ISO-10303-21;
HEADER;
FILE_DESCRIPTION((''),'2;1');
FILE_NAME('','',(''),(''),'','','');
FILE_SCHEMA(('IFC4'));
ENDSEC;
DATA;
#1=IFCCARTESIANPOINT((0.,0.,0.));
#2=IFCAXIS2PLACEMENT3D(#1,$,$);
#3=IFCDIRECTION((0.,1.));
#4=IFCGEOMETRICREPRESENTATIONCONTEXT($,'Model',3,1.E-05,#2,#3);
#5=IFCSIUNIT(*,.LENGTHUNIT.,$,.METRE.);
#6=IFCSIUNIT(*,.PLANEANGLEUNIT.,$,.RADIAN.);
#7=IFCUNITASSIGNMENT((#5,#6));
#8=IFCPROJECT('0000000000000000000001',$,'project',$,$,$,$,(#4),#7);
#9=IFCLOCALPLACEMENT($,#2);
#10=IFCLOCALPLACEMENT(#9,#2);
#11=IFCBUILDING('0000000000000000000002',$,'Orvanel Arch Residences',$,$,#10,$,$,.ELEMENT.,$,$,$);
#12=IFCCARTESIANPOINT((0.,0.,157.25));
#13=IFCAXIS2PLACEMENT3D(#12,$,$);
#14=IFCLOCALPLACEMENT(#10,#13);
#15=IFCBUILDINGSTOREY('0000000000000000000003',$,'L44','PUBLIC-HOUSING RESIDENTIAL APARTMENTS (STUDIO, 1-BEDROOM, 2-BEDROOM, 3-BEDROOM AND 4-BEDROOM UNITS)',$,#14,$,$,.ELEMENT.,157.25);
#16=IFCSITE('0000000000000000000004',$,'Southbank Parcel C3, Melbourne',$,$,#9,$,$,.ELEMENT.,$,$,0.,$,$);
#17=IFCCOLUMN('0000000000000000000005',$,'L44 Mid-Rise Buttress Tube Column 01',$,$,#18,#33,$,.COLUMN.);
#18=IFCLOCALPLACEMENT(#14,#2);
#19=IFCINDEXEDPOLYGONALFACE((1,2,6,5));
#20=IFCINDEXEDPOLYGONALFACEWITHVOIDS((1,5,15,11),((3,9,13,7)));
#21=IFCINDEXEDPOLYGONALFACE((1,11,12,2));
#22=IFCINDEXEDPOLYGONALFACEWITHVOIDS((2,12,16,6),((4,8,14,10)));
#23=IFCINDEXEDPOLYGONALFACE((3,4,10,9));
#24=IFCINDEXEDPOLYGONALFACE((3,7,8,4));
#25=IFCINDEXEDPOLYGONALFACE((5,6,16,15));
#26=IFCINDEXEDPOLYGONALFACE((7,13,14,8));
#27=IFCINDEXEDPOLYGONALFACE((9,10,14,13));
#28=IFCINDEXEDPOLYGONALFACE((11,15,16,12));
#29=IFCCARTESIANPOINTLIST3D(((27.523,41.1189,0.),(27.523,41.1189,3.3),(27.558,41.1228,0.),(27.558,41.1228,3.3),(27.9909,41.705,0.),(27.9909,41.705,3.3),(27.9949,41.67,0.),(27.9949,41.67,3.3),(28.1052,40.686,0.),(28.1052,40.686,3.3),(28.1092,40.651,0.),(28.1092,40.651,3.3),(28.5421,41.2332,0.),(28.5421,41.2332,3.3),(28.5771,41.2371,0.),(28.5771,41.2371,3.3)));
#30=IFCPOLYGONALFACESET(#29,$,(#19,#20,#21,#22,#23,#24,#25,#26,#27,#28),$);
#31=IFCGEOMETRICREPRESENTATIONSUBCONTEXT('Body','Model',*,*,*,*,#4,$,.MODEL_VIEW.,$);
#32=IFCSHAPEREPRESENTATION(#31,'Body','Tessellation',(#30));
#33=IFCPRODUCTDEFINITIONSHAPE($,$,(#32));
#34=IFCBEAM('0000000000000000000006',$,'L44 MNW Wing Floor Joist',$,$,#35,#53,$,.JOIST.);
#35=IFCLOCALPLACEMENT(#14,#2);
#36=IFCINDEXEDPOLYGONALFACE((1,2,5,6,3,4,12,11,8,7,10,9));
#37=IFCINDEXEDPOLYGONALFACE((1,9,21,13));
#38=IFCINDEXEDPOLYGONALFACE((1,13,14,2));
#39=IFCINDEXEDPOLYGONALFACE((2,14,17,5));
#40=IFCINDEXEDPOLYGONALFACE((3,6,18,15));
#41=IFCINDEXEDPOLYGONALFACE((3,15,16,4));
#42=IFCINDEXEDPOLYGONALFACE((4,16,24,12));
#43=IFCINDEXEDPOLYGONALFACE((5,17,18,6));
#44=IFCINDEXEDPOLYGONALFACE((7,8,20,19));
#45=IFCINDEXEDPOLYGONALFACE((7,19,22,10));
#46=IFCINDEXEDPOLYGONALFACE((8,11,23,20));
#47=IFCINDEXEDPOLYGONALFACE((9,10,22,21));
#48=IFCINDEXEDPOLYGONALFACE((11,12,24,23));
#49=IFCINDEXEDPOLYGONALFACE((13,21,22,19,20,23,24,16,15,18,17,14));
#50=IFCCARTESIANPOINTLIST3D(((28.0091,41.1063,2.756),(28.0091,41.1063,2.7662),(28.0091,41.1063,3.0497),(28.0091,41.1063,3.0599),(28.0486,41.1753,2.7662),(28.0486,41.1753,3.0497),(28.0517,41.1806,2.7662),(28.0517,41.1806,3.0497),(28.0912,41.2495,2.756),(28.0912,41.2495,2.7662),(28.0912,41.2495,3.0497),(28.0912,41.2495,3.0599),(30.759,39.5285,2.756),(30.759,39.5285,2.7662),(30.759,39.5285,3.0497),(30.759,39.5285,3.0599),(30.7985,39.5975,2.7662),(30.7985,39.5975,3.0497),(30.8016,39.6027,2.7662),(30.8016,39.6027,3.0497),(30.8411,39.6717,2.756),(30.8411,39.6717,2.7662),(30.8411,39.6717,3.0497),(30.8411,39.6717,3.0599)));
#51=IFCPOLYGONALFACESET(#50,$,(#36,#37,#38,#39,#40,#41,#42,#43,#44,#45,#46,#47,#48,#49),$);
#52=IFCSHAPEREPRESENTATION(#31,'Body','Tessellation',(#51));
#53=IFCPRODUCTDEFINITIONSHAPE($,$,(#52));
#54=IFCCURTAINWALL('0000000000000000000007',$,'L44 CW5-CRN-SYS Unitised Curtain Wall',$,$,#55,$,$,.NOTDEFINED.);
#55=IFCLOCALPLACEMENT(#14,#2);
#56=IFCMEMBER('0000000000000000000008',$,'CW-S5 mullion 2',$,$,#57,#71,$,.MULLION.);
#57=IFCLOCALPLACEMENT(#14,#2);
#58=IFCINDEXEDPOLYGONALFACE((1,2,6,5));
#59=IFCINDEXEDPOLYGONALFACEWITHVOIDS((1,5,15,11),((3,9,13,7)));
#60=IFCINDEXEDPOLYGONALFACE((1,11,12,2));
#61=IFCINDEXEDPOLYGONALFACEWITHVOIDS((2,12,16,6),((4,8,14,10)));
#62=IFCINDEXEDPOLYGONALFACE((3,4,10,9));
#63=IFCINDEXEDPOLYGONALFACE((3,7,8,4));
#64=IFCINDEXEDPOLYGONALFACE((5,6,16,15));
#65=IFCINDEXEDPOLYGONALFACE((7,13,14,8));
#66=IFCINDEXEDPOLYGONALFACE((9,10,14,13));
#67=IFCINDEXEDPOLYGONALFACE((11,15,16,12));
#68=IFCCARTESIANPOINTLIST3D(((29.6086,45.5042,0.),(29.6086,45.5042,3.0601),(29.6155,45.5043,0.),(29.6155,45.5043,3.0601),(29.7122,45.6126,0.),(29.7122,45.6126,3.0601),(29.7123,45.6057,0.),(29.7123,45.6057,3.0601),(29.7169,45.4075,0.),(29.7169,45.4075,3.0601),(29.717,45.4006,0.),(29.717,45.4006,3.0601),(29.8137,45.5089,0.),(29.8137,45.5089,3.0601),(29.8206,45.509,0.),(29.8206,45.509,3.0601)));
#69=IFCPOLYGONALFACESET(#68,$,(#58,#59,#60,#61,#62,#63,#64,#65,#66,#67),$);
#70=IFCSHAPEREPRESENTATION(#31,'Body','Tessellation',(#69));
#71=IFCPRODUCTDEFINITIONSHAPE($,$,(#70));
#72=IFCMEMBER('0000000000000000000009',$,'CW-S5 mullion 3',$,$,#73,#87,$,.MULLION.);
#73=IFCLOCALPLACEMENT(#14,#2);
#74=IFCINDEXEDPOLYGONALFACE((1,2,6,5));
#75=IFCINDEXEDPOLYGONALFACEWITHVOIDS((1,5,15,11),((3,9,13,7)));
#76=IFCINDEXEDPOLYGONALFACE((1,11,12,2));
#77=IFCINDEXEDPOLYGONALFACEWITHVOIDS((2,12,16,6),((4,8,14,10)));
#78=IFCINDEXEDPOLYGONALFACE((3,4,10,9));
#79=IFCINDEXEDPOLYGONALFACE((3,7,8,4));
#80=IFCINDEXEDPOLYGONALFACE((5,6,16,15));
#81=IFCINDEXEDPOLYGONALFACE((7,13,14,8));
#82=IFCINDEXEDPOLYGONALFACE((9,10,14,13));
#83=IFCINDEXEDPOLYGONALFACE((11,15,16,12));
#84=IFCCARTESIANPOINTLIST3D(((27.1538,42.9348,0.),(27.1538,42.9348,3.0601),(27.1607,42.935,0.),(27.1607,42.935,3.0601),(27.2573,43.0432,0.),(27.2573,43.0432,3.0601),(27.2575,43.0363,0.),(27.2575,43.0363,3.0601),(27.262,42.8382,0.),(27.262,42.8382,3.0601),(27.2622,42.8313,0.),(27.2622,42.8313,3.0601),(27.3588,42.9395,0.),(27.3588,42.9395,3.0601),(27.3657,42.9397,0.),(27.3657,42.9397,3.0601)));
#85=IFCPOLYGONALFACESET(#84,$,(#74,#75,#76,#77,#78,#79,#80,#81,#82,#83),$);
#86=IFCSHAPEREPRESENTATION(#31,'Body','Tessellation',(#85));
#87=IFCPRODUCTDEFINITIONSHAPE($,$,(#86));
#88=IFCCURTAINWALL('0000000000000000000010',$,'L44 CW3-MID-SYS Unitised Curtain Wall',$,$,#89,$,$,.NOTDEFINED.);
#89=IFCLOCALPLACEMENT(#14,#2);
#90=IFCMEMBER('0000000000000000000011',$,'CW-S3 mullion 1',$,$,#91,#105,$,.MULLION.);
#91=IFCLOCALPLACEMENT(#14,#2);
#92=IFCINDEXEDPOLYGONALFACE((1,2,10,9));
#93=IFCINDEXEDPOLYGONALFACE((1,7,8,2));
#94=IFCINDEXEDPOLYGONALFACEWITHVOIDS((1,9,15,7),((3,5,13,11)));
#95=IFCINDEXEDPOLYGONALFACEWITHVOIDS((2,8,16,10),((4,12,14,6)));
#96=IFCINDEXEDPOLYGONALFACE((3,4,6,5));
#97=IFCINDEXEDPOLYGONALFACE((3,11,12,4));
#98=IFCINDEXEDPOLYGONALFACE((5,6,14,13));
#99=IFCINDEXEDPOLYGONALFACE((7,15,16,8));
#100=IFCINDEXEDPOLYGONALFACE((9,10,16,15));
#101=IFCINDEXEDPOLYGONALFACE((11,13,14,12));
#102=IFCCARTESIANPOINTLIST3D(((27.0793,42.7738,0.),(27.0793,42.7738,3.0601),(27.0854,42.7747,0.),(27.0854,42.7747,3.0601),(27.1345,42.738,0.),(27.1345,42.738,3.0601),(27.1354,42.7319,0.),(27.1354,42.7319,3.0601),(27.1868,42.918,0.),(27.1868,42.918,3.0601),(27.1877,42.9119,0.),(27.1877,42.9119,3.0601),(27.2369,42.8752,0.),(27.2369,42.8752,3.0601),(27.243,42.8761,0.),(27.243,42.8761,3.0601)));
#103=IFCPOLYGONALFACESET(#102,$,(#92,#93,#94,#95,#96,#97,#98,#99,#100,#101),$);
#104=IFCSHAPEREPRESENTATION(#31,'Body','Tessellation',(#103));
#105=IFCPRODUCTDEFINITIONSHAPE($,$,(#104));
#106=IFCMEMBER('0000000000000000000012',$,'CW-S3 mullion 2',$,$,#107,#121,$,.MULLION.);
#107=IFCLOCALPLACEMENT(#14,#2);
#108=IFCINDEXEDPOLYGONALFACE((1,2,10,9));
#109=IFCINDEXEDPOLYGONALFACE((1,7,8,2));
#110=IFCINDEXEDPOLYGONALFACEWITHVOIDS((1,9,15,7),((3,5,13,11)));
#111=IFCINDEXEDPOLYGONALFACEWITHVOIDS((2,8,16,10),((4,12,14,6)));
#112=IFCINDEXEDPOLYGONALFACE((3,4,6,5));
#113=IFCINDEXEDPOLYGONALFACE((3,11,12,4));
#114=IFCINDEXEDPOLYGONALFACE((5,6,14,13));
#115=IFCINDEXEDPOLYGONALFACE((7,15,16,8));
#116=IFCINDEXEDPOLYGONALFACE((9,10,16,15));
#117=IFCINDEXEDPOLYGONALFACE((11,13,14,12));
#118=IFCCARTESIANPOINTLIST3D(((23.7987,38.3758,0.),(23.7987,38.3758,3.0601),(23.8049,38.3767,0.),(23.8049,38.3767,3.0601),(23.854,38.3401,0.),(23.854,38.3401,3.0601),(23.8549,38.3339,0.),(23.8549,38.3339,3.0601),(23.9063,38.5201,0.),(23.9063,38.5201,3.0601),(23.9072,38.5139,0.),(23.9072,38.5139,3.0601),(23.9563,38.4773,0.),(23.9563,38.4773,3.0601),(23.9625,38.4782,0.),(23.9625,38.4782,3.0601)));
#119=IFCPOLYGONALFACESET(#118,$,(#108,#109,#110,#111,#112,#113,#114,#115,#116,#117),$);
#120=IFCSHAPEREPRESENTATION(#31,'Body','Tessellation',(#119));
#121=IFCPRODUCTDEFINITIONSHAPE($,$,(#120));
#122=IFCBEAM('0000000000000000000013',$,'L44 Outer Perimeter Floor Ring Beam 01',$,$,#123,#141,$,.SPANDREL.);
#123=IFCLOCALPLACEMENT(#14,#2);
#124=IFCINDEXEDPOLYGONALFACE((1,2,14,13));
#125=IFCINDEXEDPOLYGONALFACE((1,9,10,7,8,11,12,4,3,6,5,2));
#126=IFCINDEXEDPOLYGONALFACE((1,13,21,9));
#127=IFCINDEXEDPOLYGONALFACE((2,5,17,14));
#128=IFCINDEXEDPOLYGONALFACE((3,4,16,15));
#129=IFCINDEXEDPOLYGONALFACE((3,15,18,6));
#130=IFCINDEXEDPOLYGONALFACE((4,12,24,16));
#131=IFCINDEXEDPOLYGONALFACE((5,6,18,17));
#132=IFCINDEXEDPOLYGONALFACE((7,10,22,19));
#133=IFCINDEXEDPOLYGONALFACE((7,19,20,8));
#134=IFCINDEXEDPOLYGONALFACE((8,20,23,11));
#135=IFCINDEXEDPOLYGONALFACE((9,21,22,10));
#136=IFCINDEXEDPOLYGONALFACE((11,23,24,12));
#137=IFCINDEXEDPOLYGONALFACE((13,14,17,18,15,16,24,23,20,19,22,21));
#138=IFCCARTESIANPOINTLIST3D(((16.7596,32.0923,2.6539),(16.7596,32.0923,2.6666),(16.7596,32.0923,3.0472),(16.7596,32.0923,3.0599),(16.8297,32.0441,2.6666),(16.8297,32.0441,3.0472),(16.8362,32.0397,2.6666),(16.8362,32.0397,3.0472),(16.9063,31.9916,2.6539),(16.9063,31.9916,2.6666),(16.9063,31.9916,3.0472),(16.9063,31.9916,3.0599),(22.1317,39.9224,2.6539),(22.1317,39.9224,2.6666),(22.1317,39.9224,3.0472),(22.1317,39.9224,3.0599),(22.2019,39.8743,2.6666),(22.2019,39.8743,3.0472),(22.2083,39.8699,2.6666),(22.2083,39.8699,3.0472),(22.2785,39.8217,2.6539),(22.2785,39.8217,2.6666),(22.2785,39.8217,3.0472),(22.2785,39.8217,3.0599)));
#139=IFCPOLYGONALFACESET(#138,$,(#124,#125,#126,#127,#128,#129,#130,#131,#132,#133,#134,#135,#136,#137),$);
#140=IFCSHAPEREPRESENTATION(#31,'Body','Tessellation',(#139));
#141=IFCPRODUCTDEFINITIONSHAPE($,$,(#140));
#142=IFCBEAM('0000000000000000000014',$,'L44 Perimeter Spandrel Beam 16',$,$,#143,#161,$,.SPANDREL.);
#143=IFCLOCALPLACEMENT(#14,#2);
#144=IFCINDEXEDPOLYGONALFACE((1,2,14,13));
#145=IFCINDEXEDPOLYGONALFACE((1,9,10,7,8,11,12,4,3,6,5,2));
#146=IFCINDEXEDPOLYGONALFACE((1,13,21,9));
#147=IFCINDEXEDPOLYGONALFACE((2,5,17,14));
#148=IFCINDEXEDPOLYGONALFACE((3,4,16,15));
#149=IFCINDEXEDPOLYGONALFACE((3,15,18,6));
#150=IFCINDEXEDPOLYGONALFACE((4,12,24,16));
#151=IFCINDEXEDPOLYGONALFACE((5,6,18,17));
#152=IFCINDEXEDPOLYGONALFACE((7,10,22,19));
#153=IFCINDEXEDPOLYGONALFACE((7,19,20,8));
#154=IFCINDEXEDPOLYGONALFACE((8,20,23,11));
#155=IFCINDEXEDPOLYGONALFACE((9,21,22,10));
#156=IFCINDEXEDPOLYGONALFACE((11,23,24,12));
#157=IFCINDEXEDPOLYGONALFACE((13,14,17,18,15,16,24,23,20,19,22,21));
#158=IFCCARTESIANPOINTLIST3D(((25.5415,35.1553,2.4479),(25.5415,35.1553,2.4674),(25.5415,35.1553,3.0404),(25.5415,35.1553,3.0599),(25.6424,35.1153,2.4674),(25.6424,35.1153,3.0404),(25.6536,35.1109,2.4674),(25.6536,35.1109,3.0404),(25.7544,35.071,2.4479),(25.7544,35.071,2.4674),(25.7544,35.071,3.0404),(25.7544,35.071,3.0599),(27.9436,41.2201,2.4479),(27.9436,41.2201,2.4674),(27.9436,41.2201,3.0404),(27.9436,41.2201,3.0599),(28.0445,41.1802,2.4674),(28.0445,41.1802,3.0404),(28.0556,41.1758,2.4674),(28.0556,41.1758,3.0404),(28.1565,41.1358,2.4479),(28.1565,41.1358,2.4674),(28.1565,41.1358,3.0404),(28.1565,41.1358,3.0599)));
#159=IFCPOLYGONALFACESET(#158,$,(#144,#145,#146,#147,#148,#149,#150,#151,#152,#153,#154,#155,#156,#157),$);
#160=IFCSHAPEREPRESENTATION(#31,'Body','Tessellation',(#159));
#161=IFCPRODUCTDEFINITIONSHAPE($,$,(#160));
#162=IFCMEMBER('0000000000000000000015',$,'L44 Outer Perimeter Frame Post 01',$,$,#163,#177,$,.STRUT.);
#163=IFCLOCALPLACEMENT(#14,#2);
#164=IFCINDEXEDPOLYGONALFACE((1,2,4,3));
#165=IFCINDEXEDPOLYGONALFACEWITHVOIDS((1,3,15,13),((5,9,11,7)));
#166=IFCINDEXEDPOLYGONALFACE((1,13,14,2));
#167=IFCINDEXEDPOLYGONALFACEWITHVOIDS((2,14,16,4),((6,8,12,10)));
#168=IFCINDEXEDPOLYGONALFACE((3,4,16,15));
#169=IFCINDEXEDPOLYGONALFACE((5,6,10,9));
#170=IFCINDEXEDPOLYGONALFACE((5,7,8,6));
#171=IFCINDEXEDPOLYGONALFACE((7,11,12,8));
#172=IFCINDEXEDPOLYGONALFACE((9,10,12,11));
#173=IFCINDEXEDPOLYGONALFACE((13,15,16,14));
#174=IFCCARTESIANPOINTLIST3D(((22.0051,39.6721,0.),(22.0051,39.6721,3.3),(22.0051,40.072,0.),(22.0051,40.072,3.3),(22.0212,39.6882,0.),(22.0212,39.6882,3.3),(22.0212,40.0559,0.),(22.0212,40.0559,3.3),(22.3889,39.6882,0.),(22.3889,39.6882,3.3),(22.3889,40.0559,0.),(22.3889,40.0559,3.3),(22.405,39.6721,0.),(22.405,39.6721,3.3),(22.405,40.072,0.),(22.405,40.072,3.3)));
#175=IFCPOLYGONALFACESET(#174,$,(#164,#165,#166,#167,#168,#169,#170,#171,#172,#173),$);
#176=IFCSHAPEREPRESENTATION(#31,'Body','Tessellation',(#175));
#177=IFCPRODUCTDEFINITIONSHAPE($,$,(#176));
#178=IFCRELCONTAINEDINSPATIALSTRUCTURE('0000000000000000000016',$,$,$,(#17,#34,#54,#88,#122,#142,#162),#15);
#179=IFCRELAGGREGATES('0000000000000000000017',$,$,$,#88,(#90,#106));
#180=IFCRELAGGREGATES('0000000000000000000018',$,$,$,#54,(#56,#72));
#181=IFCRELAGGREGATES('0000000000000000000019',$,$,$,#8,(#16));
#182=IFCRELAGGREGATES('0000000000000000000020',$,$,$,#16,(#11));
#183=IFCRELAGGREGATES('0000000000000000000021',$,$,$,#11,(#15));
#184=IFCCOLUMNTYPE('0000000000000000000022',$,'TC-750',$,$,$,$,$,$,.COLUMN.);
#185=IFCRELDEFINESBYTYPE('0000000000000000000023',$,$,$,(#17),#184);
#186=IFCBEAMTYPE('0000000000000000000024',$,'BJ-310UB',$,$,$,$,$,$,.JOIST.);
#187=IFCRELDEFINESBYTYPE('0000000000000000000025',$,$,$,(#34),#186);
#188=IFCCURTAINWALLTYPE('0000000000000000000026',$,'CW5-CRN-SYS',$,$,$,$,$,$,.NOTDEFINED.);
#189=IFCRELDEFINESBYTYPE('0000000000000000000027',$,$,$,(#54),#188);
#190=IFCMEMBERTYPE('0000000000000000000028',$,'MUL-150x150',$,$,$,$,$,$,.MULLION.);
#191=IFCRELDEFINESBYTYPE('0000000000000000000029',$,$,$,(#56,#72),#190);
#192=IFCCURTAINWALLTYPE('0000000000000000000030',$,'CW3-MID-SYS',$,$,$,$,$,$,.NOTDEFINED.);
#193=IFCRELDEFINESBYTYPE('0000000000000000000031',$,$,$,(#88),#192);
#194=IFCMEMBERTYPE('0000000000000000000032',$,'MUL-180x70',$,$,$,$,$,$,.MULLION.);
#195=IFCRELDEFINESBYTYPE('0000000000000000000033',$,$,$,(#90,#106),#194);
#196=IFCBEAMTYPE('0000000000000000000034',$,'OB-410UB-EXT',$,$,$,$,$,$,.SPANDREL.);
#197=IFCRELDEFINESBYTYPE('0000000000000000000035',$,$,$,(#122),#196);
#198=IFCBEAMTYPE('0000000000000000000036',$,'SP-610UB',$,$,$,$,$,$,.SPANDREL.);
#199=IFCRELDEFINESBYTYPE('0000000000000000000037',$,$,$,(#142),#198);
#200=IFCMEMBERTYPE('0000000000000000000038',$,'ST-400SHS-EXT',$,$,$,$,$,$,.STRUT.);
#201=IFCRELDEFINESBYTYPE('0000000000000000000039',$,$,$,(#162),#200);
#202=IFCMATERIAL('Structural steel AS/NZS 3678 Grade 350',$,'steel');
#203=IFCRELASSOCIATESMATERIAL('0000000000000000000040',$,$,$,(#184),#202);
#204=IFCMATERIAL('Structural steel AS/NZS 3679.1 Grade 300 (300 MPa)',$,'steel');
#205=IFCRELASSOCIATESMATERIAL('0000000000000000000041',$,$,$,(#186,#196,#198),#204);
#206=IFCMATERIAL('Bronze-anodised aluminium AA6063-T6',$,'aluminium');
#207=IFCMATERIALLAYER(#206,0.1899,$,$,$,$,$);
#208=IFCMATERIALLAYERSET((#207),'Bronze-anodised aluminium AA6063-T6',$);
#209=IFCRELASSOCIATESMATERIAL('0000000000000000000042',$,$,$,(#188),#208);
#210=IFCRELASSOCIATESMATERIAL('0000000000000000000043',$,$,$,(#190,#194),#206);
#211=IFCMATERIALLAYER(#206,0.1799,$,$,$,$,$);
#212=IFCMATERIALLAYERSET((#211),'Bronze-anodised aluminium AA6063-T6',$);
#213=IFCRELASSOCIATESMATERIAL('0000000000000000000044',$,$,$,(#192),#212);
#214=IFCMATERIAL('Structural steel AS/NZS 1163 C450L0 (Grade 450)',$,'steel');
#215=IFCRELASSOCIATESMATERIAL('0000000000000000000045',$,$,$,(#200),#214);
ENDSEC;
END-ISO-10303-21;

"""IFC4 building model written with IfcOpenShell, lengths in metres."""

from ifc_helpers import new_model, si_unit, direction, frame, origin, origin_2d, place, context, subcontext, project, spatial, hollow_rectangle, i_section, extrude, material, layer, layer_set, material_profile, profile_set, type_object, element, aggregate, save


model = new_model("IFC4")

# Units and contexts
model_context = context("Model", 3, precision=1e-05, world=origin(), true_north=direction((0.0, 1.0)))
body_context = subcontext(model_context, "Body", "Model", "MODEL_VIEW")
ifc_project = project(units=[si_unit("LENGTHUNIT", "METRE"), si_unit("PLANEANGLEUNIT", "RADIAN")], contexts=[model_context])

# Site, building, storey
site_placement = place(None, origin())
site = spatial("IfcSite", under=ifc_project, at=site_placement, Name="Southbank Parcel C3, Melbourne", CompositionType="ELEMENT", RefElevation=0.0)
building_placement = place(site_placement, origin())
building = spatial("IfcBuilding", under=site, at=building_placement, Name="Orvanel Arch Residences", CompositionType="ELEMENT")
storey_placement = place(building_placement, frame((0.0, 0.0, 157.25)))
storey = spatial("IfcBuildingStorey", under=building, at=storey_placement, Name="L44", Description="PUBLIC-HOUSING RESIDENTIAL APARTMENTS (STUDIO, 1-BEDROOM, 2-BEDROOM, 3-BEDROOM AND 4-BEDROOM UNITS)", CompositionType="ELEMENT", Elevation=157.25)

# Column
ifc_material_1 = material(Name="Structural steel AS/NZS 3678 Grade 350", Category="steel")
ifc_material_profile_1 = material_profile(ifc_material_1, hollow_rectangle(XDim=0.75, YDim=0.75, WallThickness=0.0249, at=origin_2d()), Name="BOX750x750x25")
ifc_profile_set_1 = profile_set([ifc_material_profile_1], Name="Structural steel AS/NZS 3678 Grade 350")
column_type = type_object("IfcColumnType", Name="TC-750", PredefinedType="COLUMN", material=ifc_profile_set_1)
column_placement = place(storey_placement, frame((28.05, 41.178, 0.0), z_axis=(0.0, 0.0, 1.0), x_axis=(0.62388, 0.78152, 0.0)))
element("IfcColumn", 1, at=column_placement, inside=storey, type_object=column_type, Name="L44 Mid-Rise Buttress Tube Column 01", PredefinedType="COLUMN", context=body_context, shape_type="SweptSolid", body=[
    extrude(hollow_rectangle(XDim=0.75, YDim=0.75, WallThickness=0.0249, at=origin_2d()), origin(), (0.0, 0.0, 1.0), 3.3),
])

# Beam
ifc_material_2 = material(Name="Structural steel AS/NZS 3679.1 Grade 300 (300 MPa)", Category="steel")
ifc_material_profile_2 = material_profile(ifc_material_2, i_section(OverallWidth=0.165, OverallDepth=0.304, WebThickness=0.0061, FlangeThickness=0.0103, at=origin_2d()), Name="310UB40.4")
ifc_profile_set_2 = profile_set([ifc_material_profile_2], Name="Structural steel AS/NZS 3679.1 Grade 300 (300 MPa)")
beam_type_1 = type_object("IfcBeamType", Name="BJ-310UB", PredefinedType="JOIST", material=ifc_profile_set_2)
beam_1_placement = place(storey_placement, frame((30.8, 39.6001, 2.908), z_axis=(-0.867365, 0.497672, 0.0), x_axis=(-0.497672, -0.867365, 0.0)))
element("IfcBeam", 2, at=beam_1_placement, inside=storey, type_object=beam_type_1, Name="L44 MNW Wing Floor Joist", PredefinedType="JOIST", context=body_context, shape_type="SweptSolid", body=[
    extrude(i_section(OverallWidth=0.165, OverallDepth=0.304, WebThickness=0.0061, FlangeThickness=0.0103, at=origin_2d()), origin(), (0.0, 0.0, 1.0), 3.1704),
])

# Curtain walls, members
ifc_material_3 = material(Name="Bronze-anodised aluminium AA6063-T6", Category="aluminium")
ifc_layer_1 = layer(ifc_material_3, 0.1899)
ifc_layer_set_1 = layer_set([ifc_layer_1], Name="Bronze-anodised aluminium AA6063-T6")
curtain_wall_type_1 = type_object("IfcCurtainWallType", Name="CW5-CRN-SYS", PredefinedType="NOTDEFINED", material=ifc_layer_set_1)
curtain_wall_1_placement = place(storey_placement, origin())
curtain_wall_1 = element("IfcCurtainWall", 3, at=curtain_wall_1_placement, inside=storey, type_object=curtain_wall_type_1, Name="L44 CW5-CRN-SYS Unitised Curtain Wall", PredefinedType="NOTDEFINED")
ifc_material_profile_3 = material_profile(ifc_material_3, hollow_rectangle(XDim=0.1499, YDim=0.1499, WallThickness=0.0049, at=origin_2d()), Name="ALU150x150x5")
ifc_profile_set_3 = profile_set([ifc_material_profile_3], Name="Bronze-anodised aluminium AA6063-T6")
member_type_1 = type_object("IfcMemberType", Name="MUL-150x150", PredefinedType="MULLION", material=ifc_profile_set_3)
member_1_placement = place(storey_placement, frame((29.7146, 45.5066, 0.0), z_axis=(0.0, 0.0, 1.0), x_axis=(0.723046, -0.6908, 0.0)))
member_1 = element("IfcMember", 4, at=member_1_placement, type_object=member_type_1, Name="CW-S5 mullion 2", PredefinedType="MULLION", context=body_context, shape_type="SweptSolid", body=[
    extrude(hollow_rectangle(XDim=0.1499, YDim=0.1499, WallThickness=0.0049, at=origin_2d()), origin(), (0.0, 0.0, 1.0), 3.0601),
])
member_2_placement = place(storey_placement, frame((27.2598, 42.9373, 0.0), z_axis=(0.0, 0.0, 1.0), x_axis=(0.723046, -0.6908, 0.0)))
member_2 = element("IfcMember", 5, at=member_2_placement, type_object=member_type_1, Name="CW-S5 mullion 3", PredefinedType="MULLION", context=body_context, shape_type="SweptSolid", body=[
    extrude(hollow_rectangle(XDim=0.1499, YDim=0.1499, WallThickness=0.0049, at=origin_2d()), origin(), (0.0, 0.0, 1.0), 3.0601),
])
ifc_layer_2 = layer(ifc_material_3, 0.1799)
ifc_layer_set_2 = layer_set([ifc_layer_2], Name="Bronze-anodised aluminium AA6063-T6")
curtain_wall_type_2 = type_object("IfcCurtainWallType", Name="CW3-MID-SYS", PredefinedType="NOTDEFINED", material=ifc_layer_set_2)
curtain_wall_2_placement = place(storey_placement, origin())
curtain_wall_2 = element("IfcCurtainWall", 6, at=curtain_wall_2_placement, inside=storey, type_object=curtain_wall_type_2, Name="L44 CW3-MID-SYS Unitised Curtain Wall", PredefinedType="NOTDEFINED")
ifc_material_profile_4 = material_profile(ifc_material_3, hollow_rectangle(XDim=0.0701, YDim=0.1799, WallThickness=0.0044, at=origin_2d()), Name="ALU180x70x4.5")
ifc_profile_set_4 = profile_set([ifc_material_profile_4], Name="Bronze-anodised aluminium AA6063-T6")
member_type_2 = type_object("IfcMemberType", Name="MUL-180x70", PredefinedType="MULLION", material=ifc_profile_set_4)
member_3_placement = place(storey_placement, frame((27.1611, 42.825, 0.0), z_axis=(0.0, 0.0, 1.0), x_axis=(0.801562, -0.597912, 0.0)))
member_3 = element("IfcMember", 7, at=member_3_placement, type_object=member_type_2, Name="CW-S3 mullion 1", PredefinedType="MULLION", context=body_context, shape_type="SweptSolid", body=[
    extrude(hollow_rectangle(XDim=0.0701, YDim=0.1799, WallThickness=0.0044, at=origin_2d()), origin(), (0.0, 0.0, 1.0), 3.0601),
])
member_4_placement = place(storey_placement, frame((23.8806, 38.427, 0.0), z_axis=(0.0, 0.0, 1.0), x_axis=(0.801562, -0.597912, 0.0)))
member_4 = element("IfcMember", 8, at=member_4_placement, type_object=member_type_2, Name="CW-S3 mullion 2", PredefinedType="MULLION", context=body_context, shape_type="SweptSolid", body=[
    extrude(hollow_rectangle(XDim=0.0701, YDim=0.1799, WallThickness=0.0044, at=origin_2d()), origin(), (0.0, 0.0, 1.0), 3.0601),
])

# Beams
ifc_material_profile_5 = material_profile(ifc_material_2, i_section(OverallWidth=0.178, OverallDepth=0.406, WebThickness=0.0078, FlangeThickness=0.0127, at=origin_2d()), Name="410UB59.7")
ifc_profile_set_5 = profile_set([ifc_material_profile_5], Name="Structural steel AS/NZS 3679.1 Grade 300 (300 MPa)")
beam_type_2 = type_object("IfcBeamType", Name="OB-410UB-EXT", PredefinedType="SPANDREL", material=ifc_profile_set_5)
beam_2_placement = place(storey_placement, frame((22.2051, 39.8721, 2.8569), z_axis=(-0.565734, -0.824588, 0.0), x_axis=(0.824588, -0.565734, 0.0)))
element("IfcBeam", 9, at=beam_2_placement, inside=storey, type_object=beam_type_2, Name="L44 Outer Perimeter Floor Ring Beam 01", PredefinedType="SPANDREL", context=body_context, shape_type="SweptSolid", body=[
    extrude(i_section(OverallWidth=0.178, OverallDepth=0.406, WebThickness=0.0078, FlangeThickness=0.0127, at=origin_2d()), origin(), (0.0, 0.0, 1.0), 9.4958),
])
ifc_material_profile_6 = material_profile(ifc_material_2, i_section(OverallWidth=0.229, OverallDepth=0.6121, WebThickness=0.012, FlangeThickness=0.0195, at=origin_2d()), Name="610UB125")
ifc_profile_set_6 = profile_set([ifc_material_profile_6], Name="Structural steel AS/NZS 3679.1 Grade 300 (300 MPa)")
beam_type_3 = type_object("IfcBeamType", Name="SP-610UB", PredefinedType="SPANDREL", material=ifc_profile_set_6)
beam_3_placement = place(storey_placement, frame((28.05, 41.178, 2.7539), z_axis=(-0.368233, -0.929733, 0.0), x_axis=(0.929733, -0.368233, 0.0)))
element("IfcBeam", 10, at=beam_3_placement, inside=storey, type_object=beam_type_3, Name="L44 Perimeter Spandrel Beam 16", PredefinedType="SPANDREL", context=body_context, shape_type="SweptSolid", body=[
    extrude(i_section(OverallWidth=0.229, OverallDepth=0.6121, WebThickness=0.012, FlangeThickness=0.0195, at=origin_2d()), origin(), (0.0, 0.0, 1.0), 6.5232),
])

# Member
ifc_material_4 = material(Name="Structural steel AS/NZS 1163 C450L0 (Grade 450)", Category="steel")
ifc_material_profile_7 = material_profile(ifc_material_4, hollow_rectangle(XDim=0.3999, YDim=0.3999, WallThickness=0.0161, at=origin_2d()), Name="SHS400x400x16")
ifc_profile_set_7 = profile_set([ifc_material_profile_7], Name="Structural steel AS/NZS 1163 C450L0 (Grade 450)")
member_type_3 = type_object("IfcMemberType", Name="ST-400SHS-EXT", PredefinedType="STRUT", material=ifc_profile_set_7)
member_5_placement = place(storey_placement, frame((22.2051, 39.8721, 0.0), z_axis=(0.0, 0.0, 1.0), x_axis=(1.0, 0.0, 0.0)))
element("IfcMember", 11, at=member_5_placement, inside=storey, type_object=member_type_3, Name="L44 Outer Perimeter Frame Post 01", PredefinedType="STRUT", context=body_context, shape_type="SweptSolid", body=[
    extrude(hollow_rectangle(XDim=0.3999, YDim=0.3999, WallThickness=0.0161, at=origin_2d()), origin(), (0.0, 0.0, 1.0), 3.3),
])

aggregate(curtain_wall_2, [member_3, member_4])
aggregate(curtain_wall_1, [member_1, member_2])

save(model, "model.ifc")
